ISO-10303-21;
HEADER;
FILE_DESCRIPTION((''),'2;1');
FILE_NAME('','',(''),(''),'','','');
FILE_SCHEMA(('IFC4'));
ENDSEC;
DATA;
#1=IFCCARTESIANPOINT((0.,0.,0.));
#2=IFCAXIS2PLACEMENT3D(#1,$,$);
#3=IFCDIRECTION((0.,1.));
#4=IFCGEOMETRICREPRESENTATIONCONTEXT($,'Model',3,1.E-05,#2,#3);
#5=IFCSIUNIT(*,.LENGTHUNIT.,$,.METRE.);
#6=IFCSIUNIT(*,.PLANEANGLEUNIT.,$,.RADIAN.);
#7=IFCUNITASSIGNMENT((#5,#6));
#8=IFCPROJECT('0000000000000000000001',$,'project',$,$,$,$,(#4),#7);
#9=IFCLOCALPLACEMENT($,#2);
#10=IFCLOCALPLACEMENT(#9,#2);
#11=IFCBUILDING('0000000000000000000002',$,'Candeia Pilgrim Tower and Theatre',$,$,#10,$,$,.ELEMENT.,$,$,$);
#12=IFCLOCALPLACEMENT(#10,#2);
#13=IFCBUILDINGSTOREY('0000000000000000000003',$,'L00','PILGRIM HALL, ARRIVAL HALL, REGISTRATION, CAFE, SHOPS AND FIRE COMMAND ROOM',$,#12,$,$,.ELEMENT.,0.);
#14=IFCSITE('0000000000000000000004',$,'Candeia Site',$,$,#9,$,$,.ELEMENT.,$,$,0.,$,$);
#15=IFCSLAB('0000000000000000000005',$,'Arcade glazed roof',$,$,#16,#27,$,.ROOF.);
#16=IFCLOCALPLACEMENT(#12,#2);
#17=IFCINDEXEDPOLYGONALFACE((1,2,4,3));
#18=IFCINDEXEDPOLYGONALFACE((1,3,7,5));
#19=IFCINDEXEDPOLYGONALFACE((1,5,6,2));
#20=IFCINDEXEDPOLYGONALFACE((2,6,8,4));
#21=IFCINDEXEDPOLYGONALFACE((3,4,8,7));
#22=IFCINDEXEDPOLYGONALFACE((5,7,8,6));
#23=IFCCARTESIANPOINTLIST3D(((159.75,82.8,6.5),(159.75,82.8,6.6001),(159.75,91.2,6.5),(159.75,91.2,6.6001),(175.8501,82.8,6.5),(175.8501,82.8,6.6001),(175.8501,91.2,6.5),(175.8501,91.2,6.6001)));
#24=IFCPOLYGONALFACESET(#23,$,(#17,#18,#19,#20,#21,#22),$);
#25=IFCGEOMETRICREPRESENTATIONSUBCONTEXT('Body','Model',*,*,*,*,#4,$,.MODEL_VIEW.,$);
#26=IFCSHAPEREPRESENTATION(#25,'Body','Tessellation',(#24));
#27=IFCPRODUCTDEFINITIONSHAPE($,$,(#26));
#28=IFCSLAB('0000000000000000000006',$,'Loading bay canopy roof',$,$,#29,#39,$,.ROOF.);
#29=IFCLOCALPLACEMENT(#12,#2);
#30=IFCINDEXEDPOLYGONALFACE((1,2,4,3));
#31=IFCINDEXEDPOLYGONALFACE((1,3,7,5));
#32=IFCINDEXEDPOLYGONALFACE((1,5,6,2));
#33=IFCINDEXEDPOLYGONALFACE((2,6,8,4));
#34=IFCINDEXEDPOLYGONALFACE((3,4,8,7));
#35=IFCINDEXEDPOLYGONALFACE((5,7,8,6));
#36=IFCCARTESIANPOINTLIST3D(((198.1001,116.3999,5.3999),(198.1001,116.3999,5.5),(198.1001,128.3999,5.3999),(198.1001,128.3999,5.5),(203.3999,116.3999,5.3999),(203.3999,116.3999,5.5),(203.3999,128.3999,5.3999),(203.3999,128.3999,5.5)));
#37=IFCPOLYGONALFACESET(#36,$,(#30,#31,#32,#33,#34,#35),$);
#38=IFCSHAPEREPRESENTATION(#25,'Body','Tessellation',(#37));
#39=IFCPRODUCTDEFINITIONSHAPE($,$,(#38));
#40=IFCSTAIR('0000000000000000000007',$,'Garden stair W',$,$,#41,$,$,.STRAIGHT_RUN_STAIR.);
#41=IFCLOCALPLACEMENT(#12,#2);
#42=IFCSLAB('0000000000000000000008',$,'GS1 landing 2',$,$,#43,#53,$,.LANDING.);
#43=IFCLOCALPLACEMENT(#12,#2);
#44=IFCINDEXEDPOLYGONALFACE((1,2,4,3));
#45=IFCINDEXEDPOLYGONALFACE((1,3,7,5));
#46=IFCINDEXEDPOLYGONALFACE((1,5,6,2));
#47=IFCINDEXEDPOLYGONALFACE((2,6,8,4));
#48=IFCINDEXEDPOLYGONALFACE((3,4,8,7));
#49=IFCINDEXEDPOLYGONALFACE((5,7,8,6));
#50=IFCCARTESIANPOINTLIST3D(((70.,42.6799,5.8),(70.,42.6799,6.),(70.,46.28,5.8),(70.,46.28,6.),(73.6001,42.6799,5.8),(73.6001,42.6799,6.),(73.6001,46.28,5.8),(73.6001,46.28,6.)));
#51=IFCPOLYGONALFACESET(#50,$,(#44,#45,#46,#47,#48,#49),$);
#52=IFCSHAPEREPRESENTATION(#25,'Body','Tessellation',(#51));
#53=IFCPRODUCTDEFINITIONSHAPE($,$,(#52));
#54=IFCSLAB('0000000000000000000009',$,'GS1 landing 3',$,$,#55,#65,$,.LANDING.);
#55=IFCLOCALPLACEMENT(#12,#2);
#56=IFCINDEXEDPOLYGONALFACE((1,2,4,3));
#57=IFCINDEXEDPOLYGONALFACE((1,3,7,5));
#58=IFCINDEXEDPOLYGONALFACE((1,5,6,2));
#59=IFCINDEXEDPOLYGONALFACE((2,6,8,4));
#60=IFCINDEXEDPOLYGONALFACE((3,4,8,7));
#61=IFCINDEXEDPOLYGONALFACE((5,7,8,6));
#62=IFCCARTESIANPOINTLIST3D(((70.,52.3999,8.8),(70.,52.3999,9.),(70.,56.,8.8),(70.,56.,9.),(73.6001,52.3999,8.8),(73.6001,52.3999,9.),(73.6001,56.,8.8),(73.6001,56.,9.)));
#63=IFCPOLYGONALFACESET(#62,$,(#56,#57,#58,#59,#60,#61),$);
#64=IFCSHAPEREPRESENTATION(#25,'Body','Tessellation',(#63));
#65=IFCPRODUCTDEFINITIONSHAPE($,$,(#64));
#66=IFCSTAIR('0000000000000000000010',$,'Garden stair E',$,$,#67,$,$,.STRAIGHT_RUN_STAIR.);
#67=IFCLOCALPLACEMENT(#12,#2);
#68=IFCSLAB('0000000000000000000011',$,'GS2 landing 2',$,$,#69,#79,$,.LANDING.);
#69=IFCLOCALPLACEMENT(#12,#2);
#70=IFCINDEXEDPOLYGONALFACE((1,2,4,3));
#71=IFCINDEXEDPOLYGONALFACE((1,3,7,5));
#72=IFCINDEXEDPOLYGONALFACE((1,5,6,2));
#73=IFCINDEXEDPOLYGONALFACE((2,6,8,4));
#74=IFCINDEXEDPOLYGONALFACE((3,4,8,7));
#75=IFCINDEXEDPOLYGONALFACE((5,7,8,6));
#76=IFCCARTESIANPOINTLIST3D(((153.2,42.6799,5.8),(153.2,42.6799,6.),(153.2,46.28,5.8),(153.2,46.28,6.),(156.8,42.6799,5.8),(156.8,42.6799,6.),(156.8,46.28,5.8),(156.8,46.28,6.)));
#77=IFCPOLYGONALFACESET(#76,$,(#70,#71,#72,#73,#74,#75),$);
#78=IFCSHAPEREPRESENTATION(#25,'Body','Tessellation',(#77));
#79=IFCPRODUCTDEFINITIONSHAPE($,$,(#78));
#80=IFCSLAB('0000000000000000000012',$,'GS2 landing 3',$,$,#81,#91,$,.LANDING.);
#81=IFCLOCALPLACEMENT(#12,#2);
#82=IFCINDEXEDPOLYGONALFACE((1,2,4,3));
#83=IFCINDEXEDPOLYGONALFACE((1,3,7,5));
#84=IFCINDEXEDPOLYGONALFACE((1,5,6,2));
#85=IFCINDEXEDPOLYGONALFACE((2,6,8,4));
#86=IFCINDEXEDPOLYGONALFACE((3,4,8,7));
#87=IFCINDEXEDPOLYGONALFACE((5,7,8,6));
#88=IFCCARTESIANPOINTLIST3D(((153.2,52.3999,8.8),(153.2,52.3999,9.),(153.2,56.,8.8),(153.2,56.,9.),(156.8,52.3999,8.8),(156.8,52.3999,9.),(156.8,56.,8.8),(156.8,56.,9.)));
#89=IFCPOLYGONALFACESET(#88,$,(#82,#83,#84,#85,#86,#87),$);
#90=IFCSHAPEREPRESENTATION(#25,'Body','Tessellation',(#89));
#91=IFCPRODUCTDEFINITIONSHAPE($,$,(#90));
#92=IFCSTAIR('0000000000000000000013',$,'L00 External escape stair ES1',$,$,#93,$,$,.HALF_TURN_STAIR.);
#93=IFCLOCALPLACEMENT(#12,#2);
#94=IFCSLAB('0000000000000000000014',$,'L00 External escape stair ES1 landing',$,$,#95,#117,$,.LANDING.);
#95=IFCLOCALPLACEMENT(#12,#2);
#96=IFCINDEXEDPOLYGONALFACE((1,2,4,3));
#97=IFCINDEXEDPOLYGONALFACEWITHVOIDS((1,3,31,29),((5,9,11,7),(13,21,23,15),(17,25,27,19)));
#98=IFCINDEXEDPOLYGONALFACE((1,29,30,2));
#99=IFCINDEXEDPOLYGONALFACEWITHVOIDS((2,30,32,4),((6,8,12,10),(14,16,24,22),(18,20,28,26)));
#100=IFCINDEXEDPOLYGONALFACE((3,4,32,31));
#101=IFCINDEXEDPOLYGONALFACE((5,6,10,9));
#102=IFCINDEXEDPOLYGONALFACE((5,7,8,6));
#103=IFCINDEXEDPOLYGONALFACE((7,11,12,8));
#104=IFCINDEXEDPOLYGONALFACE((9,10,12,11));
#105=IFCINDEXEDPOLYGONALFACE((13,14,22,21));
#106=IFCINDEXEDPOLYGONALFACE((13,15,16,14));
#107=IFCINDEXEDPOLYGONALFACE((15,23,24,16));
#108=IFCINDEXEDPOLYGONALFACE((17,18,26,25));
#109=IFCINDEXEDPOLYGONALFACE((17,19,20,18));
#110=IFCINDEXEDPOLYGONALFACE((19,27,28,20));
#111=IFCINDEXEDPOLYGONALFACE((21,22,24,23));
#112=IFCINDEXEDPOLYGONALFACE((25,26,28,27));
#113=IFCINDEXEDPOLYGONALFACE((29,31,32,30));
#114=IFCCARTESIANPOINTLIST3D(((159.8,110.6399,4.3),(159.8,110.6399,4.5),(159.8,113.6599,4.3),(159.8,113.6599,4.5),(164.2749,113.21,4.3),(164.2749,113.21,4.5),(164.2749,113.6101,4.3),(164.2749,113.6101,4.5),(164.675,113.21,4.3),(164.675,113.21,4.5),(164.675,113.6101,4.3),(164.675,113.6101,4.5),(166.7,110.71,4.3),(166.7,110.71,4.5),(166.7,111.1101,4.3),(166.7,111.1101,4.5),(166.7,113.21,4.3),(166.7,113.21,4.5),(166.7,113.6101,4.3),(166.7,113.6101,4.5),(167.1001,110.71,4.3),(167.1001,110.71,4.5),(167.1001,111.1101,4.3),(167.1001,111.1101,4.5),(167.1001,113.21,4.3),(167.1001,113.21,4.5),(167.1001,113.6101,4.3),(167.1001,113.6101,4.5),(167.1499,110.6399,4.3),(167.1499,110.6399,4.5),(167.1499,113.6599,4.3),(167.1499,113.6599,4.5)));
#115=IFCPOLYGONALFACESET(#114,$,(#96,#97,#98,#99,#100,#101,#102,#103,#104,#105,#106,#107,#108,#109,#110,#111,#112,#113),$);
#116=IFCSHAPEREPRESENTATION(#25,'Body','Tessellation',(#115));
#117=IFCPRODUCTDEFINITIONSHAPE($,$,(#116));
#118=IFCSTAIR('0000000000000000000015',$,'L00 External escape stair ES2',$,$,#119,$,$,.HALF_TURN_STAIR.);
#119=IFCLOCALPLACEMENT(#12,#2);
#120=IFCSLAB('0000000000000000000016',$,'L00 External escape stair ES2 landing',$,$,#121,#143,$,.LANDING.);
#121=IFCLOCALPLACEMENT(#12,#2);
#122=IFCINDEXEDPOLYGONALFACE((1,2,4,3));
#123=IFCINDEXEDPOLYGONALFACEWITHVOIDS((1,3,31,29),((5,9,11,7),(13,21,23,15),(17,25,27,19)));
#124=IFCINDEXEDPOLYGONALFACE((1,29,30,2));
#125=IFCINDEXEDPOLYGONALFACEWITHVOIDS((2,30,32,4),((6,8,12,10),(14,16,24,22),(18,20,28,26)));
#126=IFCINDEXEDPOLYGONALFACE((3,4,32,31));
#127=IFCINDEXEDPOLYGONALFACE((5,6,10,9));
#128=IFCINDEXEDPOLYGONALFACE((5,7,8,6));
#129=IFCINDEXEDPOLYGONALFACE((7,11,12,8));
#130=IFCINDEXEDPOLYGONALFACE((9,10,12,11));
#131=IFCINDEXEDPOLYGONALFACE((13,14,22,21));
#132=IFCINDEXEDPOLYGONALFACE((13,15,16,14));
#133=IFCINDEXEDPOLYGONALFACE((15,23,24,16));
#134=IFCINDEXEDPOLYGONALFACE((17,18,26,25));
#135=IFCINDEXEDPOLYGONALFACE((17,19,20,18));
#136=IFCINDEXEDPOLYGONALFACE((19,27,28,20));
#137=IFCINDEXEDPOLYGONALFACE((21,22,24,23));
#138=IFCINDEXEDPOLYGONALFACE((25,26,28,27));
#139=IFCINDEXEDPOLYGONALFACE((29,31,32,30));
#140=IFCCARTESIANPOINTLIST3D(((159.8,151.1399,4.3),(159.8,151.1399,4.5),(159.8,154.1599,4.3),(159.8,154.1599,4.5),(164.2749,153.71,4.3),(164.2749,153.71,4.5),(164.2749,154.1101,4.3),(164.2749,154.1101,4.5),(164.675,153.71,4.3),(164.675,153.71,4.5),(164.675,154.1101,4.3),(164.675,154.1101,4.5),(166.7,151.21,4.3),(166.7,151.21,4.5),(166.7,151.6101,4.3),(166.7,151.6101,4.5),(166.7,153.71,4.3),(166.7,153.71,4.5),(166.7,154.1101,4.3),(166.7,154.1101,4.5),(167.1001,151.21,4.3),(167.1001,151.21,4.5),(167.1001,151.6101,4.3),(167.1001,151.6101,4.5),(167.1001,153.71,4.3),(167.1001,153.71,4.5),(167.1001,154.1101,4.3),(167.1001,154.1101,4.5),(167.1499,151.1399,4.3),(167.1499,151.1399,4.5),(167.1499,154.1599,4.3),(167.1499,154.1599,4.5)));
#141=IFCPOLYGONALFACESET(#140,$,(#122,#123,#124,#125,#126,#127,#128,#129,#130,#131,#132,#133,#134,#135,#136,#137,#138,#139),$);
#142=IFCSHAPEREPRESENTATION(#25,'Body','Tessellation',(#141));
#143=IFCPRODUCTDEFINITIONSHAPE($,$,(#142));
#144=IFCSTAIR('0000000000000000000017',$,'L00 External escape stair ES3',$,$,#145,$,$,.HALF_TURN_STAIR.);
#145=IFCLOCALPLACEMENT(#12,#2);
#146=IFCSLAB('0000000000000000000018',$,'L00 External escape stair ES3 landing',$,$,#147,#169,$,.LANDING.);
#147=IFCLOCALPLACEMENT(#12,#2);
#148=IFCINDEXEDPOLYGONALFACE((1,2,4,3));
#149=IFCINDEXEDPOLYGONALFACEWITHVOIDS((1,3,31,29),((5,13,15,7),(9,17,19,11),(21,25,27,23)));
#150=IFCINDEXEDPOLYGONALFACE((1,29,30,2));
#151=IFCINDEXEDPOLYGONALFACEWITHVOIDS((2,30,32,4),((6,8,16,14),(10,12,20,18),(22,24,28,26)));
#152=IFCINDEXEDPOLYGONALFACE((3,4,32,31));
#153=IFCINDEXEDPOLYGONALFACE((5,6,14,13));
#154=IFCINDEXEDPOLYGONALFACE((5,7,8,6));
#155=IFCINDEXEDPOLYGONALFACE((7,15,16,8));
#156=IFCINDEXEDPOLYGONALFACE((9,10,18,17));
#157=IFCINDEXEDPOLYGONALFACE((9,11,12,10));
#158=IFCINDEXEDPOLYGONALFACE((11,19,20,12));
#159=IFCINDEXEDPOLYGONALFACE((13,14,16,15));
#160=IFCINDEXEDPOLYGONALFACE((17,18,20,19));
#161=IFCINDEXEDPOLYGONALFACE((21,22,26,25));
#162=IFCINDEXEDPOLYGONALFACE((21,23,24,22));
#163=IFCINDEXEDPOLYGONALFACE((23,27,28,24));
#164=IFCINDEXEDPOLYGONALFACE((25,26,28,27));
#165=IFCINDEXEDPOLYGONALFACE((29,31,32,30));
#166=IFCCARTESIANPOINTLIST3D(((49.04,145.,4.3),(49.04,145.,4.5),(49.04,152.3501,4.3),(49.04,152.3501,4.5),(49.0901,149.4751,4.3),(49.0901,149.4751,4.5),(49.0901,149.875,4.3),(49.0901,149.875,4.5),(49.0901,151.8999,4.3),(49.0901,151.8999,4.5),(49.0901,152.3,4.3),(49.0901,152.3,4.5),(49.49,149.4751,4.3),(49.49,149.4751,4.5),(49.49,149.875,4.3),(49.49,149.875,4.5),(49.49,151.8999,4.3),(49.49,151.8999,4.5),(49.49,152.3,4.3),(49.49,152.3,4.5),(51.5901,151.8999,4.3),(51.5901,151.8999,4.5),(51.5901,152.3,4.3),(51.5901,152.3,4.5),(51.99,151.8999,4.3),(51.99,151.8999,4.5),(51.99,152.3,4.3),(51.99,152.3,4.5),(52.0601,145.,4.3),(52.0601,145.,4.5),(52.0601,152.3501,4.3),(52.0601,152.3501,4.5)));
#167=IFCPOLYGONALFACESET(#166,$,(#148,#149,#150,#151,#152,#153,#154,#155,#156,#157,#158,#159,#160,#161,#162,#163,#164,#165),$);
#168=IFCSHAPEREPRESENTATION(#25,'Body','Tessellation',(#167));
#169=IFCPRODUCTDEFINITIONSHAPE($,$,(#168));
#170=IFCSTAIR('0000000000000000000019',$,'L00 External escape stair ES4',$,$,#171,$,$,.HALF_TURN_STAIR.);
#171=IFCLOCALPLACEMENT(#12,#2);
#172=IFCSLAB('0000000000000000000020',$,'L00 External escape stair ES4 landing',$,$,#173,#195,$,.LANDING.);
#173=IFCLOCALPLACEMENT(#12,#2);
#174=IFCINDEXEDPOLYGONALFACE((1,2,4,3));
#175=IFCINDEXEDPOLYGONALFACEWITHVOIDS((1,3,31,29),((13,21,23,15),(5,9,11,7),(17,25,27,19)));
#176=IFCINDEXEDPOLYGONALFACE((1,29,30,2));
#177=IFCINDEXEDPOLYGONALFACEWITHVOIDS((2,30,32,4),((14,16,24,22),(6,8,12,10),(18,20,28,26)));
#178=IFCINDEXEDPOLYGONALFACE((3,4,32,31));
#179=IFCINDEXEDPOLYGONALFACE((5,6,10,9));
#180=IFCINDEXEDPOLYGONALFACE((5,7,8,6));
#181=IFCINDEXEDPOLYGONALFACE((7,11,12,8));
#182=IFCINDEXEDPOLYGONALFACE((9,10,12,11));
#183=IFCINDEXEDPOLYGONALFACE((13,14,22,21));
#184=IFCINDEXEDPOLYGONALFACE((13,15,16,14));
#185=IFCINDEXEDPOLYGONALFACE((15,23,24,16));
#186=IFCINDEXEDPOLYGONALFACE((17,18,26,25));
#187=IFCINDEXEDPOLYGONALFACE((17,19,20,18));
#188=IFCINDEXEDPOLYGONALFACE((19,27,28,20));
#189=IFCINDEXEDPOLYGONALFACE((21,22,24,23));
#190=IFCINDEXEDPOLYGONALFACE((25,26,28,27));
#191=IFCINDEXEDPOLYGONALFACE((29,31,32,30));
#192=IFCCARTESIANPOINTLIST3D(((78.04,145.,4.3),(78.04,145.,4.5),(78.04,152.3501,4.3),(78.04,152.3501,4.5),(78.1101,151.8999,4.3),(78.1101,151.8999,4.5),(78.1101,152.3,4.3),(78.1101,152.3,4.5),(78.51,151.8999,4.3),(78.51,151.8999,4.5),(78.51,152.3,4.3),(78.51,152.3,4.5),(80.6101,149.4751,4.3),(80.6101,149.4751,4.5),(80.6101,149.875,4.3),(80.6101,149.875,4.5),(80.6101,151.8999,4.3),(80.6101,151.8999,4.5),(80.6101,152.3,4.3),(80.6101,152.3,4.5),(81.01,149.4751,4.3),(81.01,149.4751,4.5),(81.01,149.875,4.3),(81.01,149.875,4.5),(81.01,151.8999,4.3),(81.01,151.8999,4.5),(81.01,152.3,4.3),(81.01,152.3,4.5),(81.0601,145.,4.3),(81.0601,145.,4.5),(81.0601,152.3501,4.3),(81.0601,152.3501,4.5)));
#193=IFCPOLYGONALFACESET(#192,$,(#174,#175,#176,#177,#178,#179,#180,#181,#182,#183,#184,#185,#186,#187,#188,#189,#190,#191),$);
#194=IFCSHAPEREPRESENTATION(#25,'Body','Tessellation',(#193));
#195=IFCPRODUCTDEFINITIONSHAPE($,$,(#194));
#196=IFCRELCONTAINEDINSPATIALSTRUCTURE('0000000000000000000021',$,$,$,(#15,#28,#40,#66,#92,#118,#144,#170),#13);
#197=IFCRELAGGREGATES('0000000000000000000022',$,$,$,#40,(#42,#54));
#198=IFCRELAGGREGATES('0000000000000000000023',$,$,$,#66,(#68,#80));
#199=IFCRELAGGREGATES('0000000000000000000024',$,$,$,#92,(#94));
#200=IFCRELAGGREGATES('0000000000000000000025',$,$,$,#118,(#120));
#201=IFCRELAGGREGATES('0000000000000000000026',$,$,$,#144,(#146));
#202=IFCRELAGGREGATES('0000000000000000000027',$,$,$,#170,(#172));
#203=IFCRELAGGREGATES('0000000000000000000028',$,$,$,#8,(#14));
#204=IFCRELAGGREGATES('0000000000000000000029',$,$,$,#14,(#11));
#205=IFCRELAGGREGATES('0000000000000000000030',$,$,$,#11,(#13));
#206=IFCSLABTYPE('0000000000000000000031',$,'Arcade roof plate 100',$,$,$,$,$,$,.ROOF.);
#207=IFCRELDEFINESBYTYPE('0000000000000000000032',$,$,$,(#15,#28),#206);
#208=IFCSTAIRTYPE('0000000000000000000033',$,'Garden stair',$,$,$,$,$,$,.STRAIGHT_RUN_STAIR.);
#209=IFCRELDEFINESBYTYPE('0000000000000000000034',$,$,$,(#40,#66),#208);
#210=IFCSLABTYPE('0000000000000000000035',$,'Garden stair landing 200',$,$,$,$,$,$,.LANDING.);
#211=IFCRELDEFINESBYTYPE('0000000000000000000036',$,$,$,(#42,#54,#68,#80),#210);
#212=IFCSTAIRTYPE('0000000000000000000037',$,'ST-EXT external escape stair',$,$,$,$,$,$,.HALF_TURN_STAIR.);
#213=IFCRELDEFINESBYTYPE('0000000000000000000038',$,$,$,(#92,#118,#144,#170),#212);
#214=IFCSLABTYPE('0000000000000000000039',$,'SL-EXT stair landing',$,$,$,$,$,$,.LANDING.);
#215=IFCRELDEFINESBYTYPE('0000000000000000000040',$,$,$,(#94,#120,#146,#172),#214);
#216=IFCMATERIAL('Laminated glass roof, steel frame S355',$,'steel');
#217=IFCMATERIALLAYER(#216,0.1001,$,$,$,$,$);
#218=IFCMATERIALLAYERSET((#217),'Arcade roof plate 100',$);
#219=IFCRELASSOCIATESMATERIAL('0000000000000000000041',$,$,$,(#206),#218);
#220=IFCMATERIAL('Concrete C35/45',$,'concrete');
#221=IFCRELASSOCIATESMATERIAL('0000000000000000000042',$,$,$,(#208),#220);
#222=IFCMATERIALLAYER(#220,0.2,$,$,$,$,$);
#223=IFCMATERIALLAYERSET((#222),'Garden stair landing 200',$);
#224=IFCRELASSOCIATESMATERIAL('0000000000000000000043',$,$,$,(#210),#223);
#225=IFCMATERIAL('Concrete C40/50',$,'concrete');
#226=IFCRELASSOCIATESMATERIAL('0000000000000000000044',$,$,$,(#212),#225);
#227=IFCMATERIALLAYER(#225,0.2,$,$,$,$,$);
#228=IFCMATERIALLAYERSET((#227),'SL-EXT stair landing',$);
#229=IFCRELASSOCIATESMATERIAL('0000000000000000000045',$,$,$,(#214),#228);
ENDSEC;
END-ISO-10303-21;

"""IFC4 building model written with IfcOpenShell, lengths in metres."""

from ifc_helpers import new_model, si_unit, direction, frame, origin, place, context, subcontext, project, spatial, polyline, outline, extrude, material, layer, layer_set, type_object, element, aggregate, save


model = new_model("IFC4")

# Units and contexts
model_context = context("Model", 3, precision=1e-05, world=origin(), true_north=direction((0.0, 1.0)))
body_context = subcontext(model_context, "Body", "Model", "MODEL_VIEW")
ifc_project = project(units=[si_unit("LENGTHUNIT", "METRE"), si_unit("PLANEANGLEUNIT", "RADIAN")], contexts=[model_context])

# Site, building, storey
site_placement = place(None, origin())
site = spatial("IfcSite", under=ifc_project, at=site_placement, Name="Candeia Site", CompositionType="ELEMENT", RefElevation=0.0)
building_placement = place(site_placement, origin())
building = spatial("IfcBuilding", under=site, at=building_placement, Name="Candeia Pilgrim Tower and Theatre", CompositionType="ELEMENT")
storey_placement = place(building_placement, origin())
storey = spatial("IfcBuildingStorey", under=building, at=storey_placement, Name="L00", Description="PILGRIM HALL, ARRIVAL HALL, REGISTRATION, CAFE, SHOPS AND FIRE COMMAND ROOM", CompositionType="ELEMENT", Elevation=0.0)

# Slabs
ifc_material_1 = material(Name="Laminated glass roof, steel frame S355", Category="steel")
ifc_layer_1 = layer(ifc_material_1, 0.1001)
ifc_layer_set_1 = layer_set([ifc_layer_1], Name="Arcade roof plate 100")
slab_type_1 = type_object("IfcSlabType", Name="Arcade roof plate 100", PredefinedType="ROOF", material=ifc_layer_set_1)
slab_1_placement = place(storey_placement, frame((0.0, 0.0, 6.5)))
element("IfcSlab", 1, at=slab_1_placement, inside=storey, type_object=slab_type_1, Name="Arcade glazed roof", PredefinedType="ROOF", context=body_context, shape_type="SweptSolid", body=[
    extrude(outline(polyline([(159.75, 82.8), (175.8501, 82.8), (175.8501, 91.2), (159.75, 91.2), (159.75, 82.8)])), origin(), (0.0, 0.0, 1.0), 0.1001),
])
slab_2_placement = place(storey_placement, frame((0.0, 0.0, 5.3999)))
element("IfcSlab", 2, at=slab_2_placement, inside=storey, type_object=slab_type_1, Name="Loading bay canopy roof", PredefinedType="ROOF", context=body_context, shape_type="SweptSolid", body=[
    extrude(outline(polyline([(198.1001, 116.3999), (203.3999, 116.3999), (203.3999, 128.3999), (198.1001, 128.3999), (198.1001, 116.3999)])), origin(), (0.0, 0.0, 1.0), 0.1001),
])

# Stairs, slabs
ifc_material_2 = material(Name="Concrete C35/45", Category="concrete")
stair_type_1 = type_object("IfcStairType", Name="Garden stair", PredefinedType="STRAIGHT_RUN_STAIR", material=ifc_material_2)
stair_1_placement = place(storey_placement, origin())
stair_1 = element("IfcStair", 3, at=stair_1_placement, inside=storey, type_object=stair_type_1, Name="Garden stair W", PredefinedType="STRAIGHT_RUN_STAIR")
ifc_layer_2 = layer(ifc_material_2, 0.2)
ifc_layer_set_2 = layer_set([ifc_layer_2], Name="Garden stair landing 200")
slab_type_2 = type_object("IfcSlabType", Name="Garden stair landing 200", PredefinedType="LANDING", material=ifc_layer_set_2)
slab_3_placement = place(storey_placement, frame((0.0, 0.0, 5.8)))
slab_3 = element("IfcSlab", 4, at=slab_3_placement, type_object=slab_type_2, Name="GS1 landing 2", PredefinedType="LANDING", context=body_context, shape_type="SweptSolid", body=[
    extrude(outline(polyline([(70.0, 42.6799), (73.6001, 42.6799), (73.6001, 46.28), (70.0, 46.28), (70.0, 42.6799)])), origin(), (0.0, 0.0, 1.0), 0.2),
])
slab_4_placement = place(storey_placement, frame((0.0, 0.0, 8.8)))
slab_4 = element("IfcSlab", 5, at=slab_4_placement, type_object=slab_type_2, Name="GS1 landing 3", PredefinedType="LANDING", context=body_context, shape_type="SweptSolid", body=[
    extrude(outline(polyline([(70.0, 52.3999), (73.6001, 52.3999), (73.6001, 56.0), (70.0, 56.0), (70.0, 52.3999)])), origin(), (0.0, 0.0, 1.0), 0.2),
])
aggregate(stair_1, [slab_3, slab_4])
stair_2_placement = place(storey_placement, origin())
stair_2 = element("IfcStair", 6, at=stair_2_placement, inside=storey, type_object=stair_type_1, Name="Garden stair E", PredefinedType="STRAIGHT_RUN_STAIR")
slab_5_placement = place(storey_placement, frame((0.0, 0.0, 5.8)))
slab_5 = element("IfcSlab", 7, at=slab_5_placement, type_object=slab_type_2, Name="GS2 landing 2", PredefinedType="LANDING", context=body_context, shape_type="SweptSolid", body=[
    extrude(outline(polyline([(153.2, 42.6799), (156.8, 42.6799), (156.8, 46.28), (153.2, 46.28), (153.2, 42.6799)])), origin(), (0.0, 0.0, 1.0), 0.2),
])
slab_6_placement = place(storey_placement, frame((0.0, 0.0, 8.8)))
slab_6 = element("IfcSlab", 8, at=slab_6_placement, type_object=slab_type_2, Name="GS2 landing 3", PredefinedType="LANDING", context=body_context, shape_type="SweptSolid", body=[
    extrude(outline(polyline([(153.2, 52.3999), (156.8, 52.3999), (156.8, 56.0), (153.2, 56.0), (153.2, 52.3999)])), origin(), (0.0, 0.0, 1.0), 0.2),
])
aggregate(stair_2, [slab_5, slab_6])

# Stairs, slabs
ifc_material_3 = material(Name="Concrete C40/50", Category="concrete")
stair_type_2 = type_object("IfcStairType", Name="ST-EXT external escape stair", PredefinedType="HALF_TURN_STAIR", material=ifc_material_3)
stair_3_placement = place(storey_placement, origin())
stair_3 = element("IfcStair", 9, at=stair_3_placement, inside=storey, type_object=stair_type_2, Name="L00 External escape stair ES1", PredefinedType="HALF_TURN_STAIR")
ifc_layer_3 = layer(ifc_material_3, 0.2)
ifc_layer_set_3 = layer_set([ifc_layer_3], Name="SL-EXT stair landing")
slab_type_3 = type_object("IfcSlabType", Name="SL-EXT stair landing", PredefinedType="LANDING", material=ifc_layer_set_3)
slab_7_placement = place(storey_placement, frame((0.0, 0.0, 4.3)))
slab_7 = element("IfcSlab", 10, at=slab_7_placement, type_object=slab_type_3, Name="L00 External escape stair ES1 landing", PredefinedType="LANDING", context=body_context, shape_type="SweptSolid", body=[
    extrude(outline(polyline([(159.8, 110.6399), (159.8, 113.6599), (167.1499, 113.6599), (167.1499, 110.6399), (159.8, 110.6399)]), holes=[polyline([(166.7, 110.71), (167.1001, 110.71), (167.1001, 111.1101), (166.7, 111.1101), (166.7, 110.71)]), polyline([(166.7, 113.21), (167.1001, 113.21), (167.1001, 113.6101), (166.7, 113.6101), (166.7, 113.21)]), polyline([(164.2749, 113.21), (164.675, 113.21), (164.675, 113.6101), (164.2749, 113.6101), (164.2749, 113.21)])]), origin(), (0.0, 0.0, 1.0), 0.2),
])
aggregate(stair_3, [slab_7])
stair_4_placement = place(storey_placement, origin())
stair_4 = element("IfcStair", 11, at=stair_4_placement, inside=storey, type_object=stair_type_2, Name="L00 External escape stair ES2", PredefinedType="HALF_TURN_STAIR")
slab_8_placement = place(storey_placement, frame((0.0, 0.0, 4.3)))
slab_8 = element("IfcSlab", 12, at=slab_8_placement, type_object=slab_type_3, Name="L00 External escape stair ES2 landing", PredefinedType="LANDING", context=body_context, shape_type="SweptSolid", body=[
    extrude(outline(polyline([(159.8, 151.1399), (159.8, 154.1599), (167.1499, 154.1599), (167.1499, 151.1399), (159.8, 151.1399)]), holes=[polyline([(166.7, 151.21), (167.1001, 151.21), (167.1001, 151.6101), (166.7, 151.6101), (166.7, 151.21)]), polyline([(166.7, 153.71), (167.1001, 153.71), (167.1001, 154.1101), (166.7, 154.1101), (166.7, 153.71)]), polyline([(164.2749, 153.71), (164.675, 153.71), (164.675, 154.1101), (164.2749, 154.1101), (164.2749, 153.71)])]), origin(), (0.0, 0.0, 1.0), 0.2),
])
aggregate(stair_4, [slab_8])
stair_5_placement = place(storey_placement, origin())
stair_5 = element("IfcStair", 13, at=stair_5_placement, inside=storey, type_object=stair_type_2, Name="L00 External escape stair ES3", PredefinedType="HALF_TURN_STAIR")
slab_9_placement = place(storey_placement, frame((0.0, 0.0, 4.3)))
slab_9 = element("IfcSlab", 14, at=slab_9_placement, type_object=slab_type_3, Name="L00 External escape stair ES3 landing", PredefinedType="LANDING", context=body_context, shape_type="SweptSolid", body=[
    extrude(outline(polyline([(52.0601, 145.0), (49.04, 145.0), (49.04, 152.3501), (52.0601, 152.3501), (52.0601, 145.0)]), holes=[polyline([(51.5901, 151.8999), (51.99, 151.8999), (51.99, 152.3), (51.5901, 152.3), (51.5901, 151.8999)]), polyline([(49.0901, 151.8999), (49.49, 151.8999), (49.49, 152.3), (49.0901, 152.3), (49.0901, 151.8999)]), polyline([(49.0901, 149.4751), (49.49, 149.4751), (49.49, 149.875), (49.0901, 149.875), (49.0901, 149.4751)])]), origin(), (0.0, 0.0, 1.0), 0.2),
])
aggregate(stair_5, [slab_9])
stair_6_placement = place(storey_placement, origin())
stair_6 = element("IfcStair", 15, at=stair_6_placement, inside=storey, type_object=stair_type_2, Name="L00 External escape stair ES4", PredefinedType="HALF_TURN_STAIR")
slab_10_placement = place(storey_placement, frame((0.0, 0.0, 4.3)))
slab_10 = element("IfcSlab", 16, at=slab_10_placement, type_object=slab_type_3, Name="L00 External escape stair ES4 landing", PredefinedType="LANDING", context=body_context, shape_type="SweptSolid", body=[
    extrude(outline(polyline([(78.04, 145.0), (81.0601, 145.0), (81.0601, 152.3501), (78.04, 152.3501), (78.04, 145.0)]), holes=[polyline([(78.1101, 151.8999), (78.51, 151.8999), (78.51, 152.3), (78.1101, 152.3), (78.1101, 151.8999)]), polyline([(80.6101, 151.8999), (81.01, 151.8999), (81.01, 152.3), (80.6101, 152.3), (80.6101, 151.8999)]), polyline([(80.6101, 149.4751), (81.01, 149.4751), (81.01, 149.875), (80.6101, 149.875), (80.6101, 149.4751)])]), origin(), (0.0, 0.0, 1.0), 0.2),
])
aggregate(stair_6, [slab_10])

save(model, "model.ifc")
